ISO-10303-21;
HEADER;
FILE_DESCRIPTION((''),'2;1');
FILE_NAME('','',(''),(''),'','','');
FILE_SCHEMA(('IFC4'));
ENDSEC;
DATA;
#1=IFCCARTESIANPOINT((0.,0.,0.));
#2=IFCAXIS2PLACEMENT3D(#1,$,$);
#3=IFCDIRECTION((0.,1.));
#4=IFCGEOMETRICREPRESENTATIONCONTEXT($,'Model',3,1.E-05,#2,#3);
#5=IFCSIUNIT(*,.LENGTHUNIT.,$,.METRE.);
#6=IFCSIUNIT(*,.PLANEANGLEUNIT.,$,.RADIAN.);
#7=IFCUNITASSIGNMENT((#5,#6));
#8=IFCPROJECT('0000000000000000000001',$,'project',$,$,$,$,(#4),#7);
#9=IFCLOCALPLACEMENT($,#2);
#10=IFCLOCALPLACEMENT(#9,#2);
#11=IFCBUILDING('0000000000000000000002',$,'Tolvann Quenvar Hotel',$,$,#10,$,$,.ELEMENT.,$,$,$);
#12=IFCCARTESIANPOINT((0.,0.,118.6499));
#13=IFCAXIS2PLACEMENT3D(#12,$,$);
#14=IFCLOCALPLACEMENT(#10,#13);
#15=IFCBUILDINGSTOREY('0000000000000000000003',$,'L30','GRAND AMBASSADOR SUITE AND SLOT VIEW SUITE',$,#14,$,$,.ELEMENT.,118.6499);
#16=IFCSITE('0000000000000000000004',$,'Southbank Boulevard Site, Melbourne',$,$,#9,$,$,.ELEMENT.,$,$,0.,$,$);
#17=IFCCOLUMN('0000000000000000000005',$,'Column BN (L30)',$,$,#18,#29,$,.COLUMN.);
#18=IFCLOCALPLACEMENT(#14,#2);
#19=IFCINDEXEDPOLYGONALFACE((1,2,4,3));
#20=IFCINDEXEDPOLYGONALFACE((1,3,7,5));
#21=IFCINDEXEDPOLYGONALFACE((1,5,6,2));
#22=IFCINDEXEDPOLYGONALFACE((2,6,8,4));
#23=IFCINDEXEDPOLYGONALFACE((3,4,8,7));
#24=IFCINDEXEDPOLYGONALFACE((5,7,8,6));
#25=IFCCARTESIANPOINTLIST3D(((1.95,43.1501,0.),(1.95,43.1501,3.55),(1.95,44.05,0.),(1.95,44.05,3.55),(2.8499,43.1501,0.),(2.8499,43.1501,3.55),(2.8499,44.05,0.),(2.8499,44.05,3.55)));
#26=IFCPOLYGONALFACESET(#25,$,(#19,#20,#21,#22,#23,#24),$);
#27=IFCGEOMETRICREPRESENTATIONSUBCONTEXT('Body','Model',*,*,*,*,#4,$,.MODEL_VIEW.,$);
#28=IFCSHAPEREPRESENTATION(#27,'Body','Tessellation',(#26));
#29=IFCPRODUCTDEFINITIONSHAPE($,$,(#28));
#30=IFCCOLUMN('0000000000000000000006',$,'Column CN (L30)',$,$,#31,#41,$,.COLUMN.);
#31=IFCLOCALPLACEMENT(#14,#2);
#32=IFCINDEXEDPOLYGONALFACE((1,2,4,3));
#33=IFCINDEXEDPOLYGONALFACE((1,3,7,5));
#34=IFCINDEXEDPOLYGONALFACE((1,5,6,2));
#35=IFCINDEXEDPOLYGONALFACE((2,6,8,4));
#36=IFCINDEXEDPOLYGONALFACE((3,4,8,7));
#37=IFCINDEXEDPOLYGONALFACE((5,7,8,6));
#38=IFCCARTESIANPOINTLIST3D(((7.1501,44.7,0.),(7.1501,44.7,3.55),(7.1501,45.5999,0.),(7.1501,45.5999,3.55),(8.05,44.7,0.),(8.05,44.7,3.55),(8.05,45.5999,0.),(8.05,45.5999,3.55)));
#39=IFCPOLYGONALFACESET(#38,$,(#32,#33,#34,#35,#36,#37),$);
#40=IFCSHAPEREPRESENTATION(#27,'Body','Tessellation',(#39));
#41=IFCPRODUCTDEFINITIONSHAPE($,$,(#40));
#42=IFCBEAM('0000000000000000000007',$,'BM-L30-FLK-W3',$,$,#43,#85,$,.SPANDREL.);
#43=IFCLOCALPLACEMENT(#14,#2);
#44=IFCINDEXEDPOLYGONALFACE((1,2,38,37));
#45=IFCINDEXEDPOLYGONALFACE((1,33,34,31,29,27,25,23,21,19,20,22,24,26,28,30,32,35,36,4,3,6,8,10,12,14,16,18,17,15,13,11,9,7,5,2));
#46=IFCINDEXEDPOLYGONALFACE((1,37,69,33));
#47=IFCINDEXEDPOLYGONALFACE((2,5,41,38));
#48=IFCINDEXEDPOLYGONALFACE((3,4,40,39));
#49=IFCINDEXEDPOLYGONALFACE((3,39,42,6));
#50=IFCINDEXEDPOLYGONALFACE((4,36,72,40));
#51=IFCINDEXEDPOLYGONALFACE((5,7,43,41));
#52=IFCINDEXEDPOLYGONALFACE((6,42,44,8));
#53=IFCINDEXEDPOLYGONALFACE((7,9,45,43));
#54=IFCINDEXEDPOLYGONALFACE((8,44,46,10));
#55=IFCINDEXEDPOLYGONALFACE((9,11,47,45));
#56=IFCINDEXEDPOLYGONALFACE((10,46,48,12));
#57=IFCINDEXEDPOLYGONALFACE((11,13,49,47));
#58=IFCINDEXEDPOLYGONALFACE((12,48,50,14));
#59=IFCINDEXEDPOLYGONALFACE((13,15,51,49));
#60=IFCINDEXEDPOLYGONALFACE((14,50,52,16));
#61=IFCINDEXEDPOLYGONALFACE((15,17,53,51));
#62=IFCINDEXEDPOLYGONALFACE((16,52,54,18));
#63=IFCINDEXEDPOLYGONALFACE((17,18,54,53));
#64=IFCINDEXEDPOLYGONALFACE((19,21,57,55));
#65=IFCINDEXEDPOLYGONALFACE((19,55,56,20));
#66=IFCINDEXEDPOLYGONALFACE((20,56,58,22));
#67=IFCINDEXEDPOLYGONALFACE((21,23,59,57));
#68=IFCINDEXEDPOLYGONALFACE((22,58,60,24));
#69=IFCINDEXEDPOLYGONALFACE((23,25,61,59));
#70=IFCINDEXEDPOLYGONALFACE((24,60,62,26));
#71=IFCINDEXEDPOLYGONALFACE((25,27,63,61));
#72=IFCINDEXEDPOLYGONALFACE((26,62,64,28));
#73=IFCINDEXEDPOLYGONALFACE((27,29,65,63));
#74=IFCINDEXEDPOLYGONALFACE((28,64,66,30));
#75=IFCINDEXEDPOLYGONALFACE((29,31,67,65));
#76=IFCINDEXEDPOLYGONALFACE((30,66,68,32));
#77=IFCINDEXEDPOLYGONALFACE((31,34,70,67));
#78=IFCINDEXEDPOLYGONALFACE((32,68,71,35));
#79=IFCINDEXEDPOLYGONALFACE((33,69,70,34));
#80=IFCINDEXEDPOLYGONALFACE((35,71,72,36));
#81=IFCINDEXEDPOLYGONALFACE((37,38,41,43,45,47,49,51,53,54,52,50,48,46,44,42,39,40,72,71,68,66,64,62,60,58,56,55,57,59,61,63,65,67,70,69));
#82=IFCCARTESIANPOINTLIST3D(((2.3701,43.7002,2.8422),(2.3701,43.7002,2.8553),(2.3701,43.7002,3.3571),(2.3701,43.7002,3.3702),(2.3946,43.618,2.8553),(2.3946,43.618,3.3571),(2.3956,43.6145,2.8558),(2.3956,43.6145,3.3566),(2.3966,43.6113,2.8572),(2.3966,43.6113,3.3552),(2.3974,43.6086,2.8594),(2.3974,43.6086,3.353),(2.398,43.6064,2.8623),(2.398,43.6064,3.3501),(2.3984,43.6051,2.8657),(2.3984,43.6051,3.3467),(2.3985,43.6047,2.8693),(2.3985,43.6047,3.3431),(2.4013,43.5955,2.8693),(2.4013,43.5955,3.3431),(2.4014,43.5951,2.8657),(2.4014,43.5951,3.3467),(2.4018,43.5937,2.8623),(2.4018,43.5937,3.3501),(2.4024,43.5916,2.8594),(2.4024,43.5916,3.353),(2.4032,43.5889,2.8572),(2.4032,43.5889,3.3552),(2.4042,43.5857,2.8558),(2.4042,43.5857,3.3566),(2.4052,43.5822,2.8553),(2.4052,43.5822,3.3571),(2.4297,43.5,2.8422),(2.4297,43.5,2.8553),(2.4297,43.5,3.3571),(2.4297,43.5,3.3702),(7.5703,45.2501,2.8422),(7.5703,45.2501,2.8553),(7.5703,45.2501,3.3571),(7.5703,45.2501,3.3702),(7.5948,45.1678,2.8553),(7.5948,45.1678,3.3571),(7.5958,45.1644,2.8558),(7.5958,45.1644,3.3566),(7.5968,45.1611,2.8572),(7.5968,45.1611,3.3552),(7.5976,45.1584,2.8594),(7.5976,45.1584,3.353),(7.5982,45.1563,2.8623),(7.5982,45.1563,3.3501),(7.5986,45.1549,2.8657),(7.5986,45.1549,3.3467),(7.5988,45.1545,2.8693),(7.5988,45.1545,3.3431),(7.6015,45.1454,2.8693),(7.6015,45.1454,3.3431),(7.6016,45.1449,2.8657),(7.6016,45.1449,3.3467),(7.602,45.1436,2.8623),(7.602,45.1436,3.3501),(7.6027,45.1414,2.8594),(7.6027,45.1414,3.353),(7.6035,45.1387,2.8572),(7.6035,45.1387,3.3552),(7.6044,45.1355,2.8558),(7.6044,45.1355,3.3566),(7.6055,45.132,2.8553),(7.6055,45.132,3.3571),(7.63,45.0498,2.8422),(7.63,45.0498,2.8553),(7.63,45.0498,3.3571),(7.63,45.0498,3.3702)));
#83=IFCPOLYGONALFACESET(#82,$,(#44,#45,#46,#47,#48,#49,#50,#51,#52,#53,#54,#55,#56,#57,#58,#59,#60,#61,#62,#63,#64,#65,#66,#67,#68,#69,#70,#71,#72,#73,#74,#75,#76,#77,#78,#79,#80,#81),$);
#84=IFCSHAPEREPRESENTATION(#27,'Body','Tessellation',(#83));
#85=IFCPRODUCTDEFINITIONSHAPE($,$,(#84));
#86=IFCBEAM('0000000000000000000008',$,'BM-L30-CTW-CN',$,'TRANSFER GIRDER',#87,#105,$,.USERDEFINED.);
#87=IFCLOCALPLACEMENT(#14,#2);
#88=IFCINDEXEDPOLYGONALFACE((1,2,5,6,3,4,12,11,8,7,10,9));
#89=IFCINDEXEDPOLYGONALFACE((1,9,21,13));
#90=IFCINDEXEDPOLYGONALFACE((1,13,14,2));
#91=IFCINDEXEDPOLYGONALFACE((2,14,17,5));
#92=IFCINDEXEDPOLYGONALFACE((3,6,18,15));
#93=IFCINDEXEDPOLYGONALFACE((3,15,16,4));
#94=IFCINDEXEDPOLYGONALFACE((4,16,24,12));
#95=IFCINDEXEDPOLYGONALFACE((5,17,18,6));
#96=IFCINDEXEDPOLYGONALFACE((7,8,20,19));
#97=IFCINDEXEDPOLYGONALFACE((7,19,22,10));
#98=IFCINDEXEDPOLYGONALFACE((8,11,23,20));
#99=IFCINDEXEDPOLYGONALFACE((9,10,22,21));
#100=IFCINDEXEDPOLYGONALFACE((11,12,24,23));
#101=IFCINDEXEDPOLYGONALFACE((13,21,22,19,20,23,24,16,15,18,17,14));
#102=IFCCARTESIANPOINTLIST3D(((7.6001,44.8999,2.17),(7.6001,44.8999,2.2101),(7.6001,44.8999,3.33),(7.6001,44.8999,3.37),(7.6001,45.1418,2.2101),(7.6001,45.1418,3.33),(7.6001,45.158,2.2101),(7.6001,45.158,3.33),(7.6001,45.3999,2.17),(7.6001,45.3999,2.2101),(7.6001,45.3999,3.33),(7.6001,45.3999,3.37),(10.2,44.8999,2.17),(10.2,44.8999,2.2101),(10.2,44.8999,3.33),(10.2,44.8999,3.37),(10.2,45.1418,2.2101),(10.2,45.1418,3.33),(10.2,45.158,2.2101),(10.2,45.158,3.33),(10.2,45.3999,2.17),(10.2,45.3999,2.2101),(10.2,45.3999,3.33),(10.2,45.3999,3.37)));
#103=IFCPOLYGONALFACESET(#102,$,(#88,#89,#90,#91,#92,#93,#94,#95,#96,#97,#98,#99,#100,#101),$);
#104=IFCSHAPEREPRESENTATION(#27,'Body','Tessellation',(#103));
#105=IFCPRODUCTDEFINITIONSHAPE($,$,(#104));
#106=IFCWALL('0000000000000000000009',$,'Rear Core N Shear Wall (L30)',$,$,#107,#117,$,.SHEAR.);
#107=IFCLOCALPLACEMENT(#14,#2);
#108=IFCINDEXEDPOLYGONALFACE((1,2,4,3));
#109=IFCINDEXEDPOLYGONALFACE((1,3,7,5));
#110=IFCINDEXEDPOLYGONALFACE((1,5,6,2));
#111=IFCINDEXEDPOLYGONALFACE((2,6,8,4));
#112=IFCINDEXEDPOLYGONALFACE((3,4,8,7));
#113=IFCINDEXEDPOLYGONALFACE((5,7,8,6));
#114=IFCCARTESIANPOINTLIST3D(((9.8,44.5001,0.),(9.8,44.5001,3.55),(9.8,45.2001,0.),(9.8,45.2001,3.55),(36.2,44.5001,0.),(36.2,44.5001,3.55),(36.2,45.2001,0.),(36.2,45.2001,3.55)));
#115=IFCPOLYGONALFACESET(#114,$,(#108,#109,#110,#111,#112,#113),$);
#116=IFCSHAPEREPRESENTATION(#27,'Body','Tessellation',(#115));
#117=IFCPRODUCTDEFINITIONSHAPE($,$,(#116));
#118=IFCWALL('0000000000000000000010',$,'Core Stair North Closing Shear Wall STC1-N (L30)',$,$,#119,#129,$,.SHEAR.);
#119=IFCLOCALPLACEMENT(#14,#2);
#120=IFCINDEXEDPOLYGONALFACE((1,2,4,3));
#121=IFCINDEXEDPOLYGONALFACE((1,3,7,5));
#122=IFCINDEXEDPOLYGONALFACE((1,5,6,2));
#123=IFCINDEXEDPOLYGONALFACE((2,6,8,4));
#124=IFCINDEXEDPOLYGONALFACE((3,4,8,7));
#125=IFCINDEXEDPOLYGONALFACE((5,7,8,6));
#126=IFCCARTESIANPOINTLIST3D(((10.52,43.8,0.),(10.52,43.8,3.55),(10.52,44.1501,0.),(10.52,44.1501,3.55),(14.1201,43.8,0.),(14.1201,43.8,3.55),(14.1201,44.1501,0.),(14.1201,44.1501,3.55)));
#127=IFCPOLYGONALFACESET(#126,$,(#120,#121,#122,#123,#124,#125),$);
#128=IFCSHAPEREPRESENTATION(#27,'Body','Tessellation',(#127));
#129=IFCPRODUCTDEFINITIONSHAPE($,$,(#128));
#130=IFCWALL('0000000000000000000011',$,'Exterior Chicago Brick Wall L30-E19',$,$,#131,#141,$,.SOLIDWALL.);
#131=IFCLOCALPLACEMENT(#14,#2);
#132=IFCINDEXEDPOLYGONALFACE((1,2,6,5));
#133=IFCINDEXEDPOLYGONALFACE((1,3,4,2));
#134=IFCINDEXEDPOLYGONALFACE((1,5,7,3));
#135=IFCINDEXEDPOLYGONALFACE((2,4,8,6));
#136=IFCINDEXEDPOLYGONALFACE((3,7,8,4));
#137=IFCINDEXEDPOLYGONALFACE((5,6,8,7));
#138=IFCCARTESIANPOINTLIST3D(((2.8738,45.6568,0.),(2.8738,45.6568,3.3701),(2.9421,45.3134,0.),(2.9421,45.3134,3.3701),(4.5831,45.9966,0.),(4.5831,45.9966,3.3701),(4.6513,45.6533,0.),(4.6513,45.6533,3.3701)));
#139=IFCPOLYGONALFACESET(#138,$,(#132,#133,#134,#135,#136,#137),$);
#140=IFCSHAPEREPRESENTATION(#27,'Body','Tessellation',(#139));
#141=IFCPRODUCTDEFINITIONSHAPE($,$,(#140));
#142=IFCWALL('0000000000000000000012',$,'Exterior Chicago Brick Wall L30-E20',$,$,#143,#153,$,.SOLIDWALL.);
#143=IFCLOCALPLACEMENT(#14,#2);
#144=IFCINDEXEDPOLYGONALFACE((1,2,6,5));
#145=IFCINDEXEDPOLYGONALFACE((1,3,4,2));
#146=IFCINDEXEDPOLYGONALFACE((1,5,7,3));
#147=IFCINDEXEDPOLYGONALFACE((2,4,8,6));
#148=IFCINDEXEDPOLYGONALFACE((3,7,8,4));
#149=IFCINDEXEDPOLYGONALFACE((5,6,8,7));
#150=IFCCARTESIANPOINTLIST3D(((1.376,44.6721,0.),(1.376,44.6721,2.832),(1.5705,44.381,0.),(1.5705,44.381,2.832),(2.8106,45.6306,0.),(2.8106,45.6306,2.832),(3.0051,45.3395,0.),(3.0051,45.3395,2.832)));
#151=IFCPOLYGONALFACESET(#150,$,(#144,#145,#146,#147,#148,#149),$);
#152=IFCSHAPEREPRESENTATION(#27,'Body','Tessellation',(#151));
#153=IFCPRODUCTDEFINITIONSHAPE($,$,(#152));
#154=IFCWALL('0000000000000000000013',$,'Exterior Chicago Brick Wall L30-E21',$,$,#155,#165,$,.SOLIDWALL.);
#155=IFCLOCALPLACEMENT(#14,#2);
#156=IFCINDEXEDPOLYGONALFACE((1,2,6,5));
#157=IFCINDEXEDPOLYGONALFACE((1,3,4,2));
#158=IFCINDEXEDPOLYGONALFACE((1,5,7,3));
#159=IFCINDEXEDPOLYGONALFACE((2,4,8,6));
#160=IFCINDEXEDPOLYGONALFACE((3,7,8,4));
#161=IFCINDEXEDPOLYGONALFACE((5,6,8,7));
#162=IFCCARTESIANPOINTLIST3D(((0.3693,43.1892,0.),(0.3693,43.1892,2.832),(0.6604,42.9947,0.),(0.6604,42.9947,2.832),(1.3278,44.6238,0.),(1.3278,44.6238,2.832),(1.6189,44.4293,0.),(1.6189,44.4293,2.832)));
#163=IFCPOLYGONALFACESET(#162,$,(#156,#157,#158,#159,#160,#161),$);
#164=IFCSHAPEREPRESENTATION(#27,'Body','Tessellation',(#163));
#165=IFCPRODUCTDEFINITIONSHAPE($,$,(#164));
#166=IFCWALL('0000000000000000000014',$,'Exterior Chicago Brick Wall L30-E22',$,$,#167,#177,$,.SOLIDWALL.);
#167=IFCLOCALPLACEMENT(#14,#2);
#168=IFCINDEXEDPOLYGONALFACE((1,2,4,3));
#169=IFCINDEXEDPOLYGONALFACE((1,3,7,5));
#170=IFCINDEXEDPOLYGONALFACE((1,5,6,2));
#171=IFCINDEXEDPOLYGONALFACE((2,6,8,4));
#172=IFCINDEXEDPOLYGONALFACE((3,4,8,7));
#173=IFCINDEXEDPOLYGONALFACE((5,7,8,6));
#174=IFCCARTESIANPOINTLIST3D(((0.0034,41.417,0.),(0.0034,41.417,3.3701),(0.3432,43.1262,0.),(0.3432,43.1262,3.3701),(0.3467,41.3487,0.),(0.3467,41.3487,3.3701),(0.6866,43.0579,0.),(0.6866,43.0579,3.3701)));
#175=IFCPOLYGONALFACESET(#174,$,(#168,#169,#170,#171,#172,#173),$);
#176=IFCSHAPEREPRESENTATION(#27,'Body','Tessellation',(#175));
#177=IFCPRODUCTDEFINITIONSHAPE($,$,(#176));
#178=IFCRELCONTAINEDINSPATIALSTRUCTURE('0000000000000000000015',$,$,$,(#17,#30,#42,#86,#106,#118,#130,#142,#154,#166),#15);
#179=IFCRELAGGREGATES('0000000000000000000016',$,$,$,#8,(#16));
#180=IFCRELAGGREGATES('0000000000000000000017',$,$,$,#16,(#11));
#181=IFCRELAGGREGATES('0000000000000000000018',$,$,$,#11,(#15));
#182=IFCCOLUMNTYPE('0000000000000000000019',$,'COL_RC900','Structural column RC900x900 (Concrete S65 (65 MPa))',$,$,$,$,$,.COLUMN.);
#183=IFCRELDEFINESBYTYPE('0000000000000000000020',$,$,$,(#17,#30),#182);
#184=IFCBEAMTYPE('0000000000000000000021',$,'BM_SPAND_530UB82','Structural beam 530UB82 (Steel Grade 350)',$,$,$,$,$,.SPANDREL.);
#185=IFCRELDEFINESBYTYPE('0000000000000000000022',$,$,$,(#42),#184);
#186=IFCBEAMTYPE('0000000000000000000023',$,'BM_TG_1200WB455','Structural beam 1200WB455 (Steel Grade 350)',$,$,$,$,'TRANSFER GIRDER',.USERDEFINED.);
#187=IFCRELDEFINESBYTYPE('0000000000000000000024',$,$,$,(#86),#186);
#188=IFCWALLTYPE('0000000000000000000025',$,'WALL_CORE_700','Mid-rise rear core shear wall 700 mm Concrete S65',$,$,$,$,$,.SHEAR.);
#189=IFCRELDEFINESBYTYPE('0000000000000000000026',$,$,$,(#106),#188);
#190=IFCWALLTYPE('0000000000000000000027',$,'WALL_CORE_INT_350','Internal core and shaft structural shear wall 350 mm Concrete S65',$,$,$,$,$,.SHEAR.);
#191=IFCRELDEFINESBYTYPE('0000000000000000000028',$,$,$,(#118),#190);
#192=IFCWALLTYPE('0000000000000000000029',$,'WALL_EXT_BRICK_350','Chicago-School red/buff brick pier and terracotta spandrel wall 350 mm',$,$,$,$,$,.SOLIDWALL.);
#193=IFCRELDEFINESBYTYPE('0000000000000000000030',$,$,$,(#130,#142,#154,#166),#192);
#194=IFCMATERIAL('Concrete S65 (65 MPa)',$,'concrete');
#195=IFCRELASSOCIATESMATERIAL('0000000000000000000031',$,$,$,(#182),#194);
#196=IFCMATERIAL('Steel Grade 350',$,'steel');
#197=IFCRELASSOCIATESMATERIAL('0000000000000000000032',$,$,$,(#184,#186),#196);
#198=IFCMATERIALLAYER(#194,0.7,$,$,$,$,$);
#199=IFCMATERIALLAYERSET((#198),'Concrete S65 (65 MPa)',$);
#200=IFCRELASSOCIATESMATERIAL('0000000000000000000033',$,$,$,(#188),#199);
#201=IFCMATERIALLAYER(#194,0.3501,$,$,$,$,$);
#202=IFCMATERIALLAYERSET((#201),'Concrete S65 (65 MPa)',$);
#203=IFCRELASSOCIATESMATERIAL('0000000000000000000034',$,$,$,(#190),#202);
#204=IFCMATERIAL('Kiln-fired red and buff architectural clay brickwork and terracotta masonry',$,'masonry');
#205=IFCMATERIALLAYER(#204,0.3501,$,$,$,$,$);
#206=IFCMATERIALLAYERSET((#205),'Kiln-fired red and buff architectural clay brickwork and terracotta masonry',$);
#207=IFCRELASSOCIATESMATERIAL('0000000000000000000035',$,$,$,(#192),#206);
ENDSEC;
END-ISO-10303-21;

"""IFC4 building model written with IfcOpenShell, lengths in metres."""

from ifc_helpers import new_model, si_unit, direction, frame, frame_2d, origin, origin_2d, place, context, subcontext, project, spatial, rectangle, i_section, extrude, source, transform, mapped, material, layer, layer_set, material_profile, profile_set, type_object, type_shapes, element, save


model = new_model("IFC4")

# Units and contexts
model_context = context("Model", 3, precision=1e-05, world=origin(), true_north=direction((0.0, 1.0)))
body_context = subcontext(model_context, "Body", "Model", "MODEL_VIEW")
ifc_project = project(units=[si_unit("LENGTHUNIT", "METRE"), si_unit("PLANEANGLEUNIT", "RADIAN")], contexts=[model_context])

# Site, building, storey
site_placement = place(None, origin())
site = spatial("IfcSite", under=ifc_project, at=site_placement, Name="Southbank Boulevard Site, Melbourne", CompositionType="ELEMENT", RefElevation=0.0)
building_placement = place(site_placement, origin())
building = spatial("IfcBuilding", under=site, at=building_placement, Name="Tolvann Quenvar Hotel", CompositionType="ELEMENT")
storey_placement = place(building_placement, frame((0.0, 0.0, 118.6499)))
storey = spatial("IfcBuildingStorey", under=building, at=storey_placement, Name="L30", Description="GRAND AMBASSADOR SUITE AND SLOT VIEW SUITE", CompositionType="ELEMENT", Elevation=118.6499)

# Columns
ifc_material_1 = material(Name="Concrete S65 (65 MPa)", Category="concrete")
ifc_material_profile_1 = material_profile(ifc_material_1, rectangle(XDim=0.8999, YDim=0.8999, at=origin_2d()), Name="RC900x900")
ifc_profile_set_1 = profile_set([ifc_material_profile_1], Name="Concrete S65 (65 MPa)")
column_type = type_object("IfcColumnType", Name="COL_RC900", Description="Structural column RC900x900 (Concrete S65 (65 MPa))", PredefinedType="COLUMN", material=ifc_profile_set_1)
shared_shape_1 = source(origin(), body_context, "Body", "SweptSolid", [
    extrude(rectangle(XDim=0.8999, YDim=0.8999, at=origin_2d()), origin(), (0.0, 0.0, 1.0), 3.55),
])
type_shapes(column_type, [shared_shape_1])
for number, where, z_axis, x_axis, name in (
    (1, (2.3999, 43.6001, 0.0), (0.0, 0.0, 1.0), (1.0, 0.0, 0.0), "Column BN (L30)"),
    (2, (7.6001, 45.1499, 0.0), (0.0, 0.0, 1.0), (1.0, 0.0, 0.0), "Column CN (L30)"),
):
    element("IfcColumn", number, at=place(storey_placement, frame(where, z_axis=z_axis, x_axis=x_axis)), inside=storey, type_object=column_type, Name=name, PredefinedType="COLUMN", context=body_context, shape_type="MappedRepresentation", body=[
        mapped(shared_shape_1, transform((0.0, 0.0, 0.0), x_axis=(1.0, 0.0, 0.0), y_axis=(0.0, 1.0, 0.0), z_axis=(0.0, 0.0, 1.0), scale=1.0)),
    ])

# Beams
ifc_material_2 = material(Name="Steel Grade 350", Category="steel")
ifc_material_profile_2 = material_profile(ifc_material_2, i_section(OverallWidth=0.209, OverallDepth=0.5281, WebThickness=0.0095, FlangeThickness=0.0132, FilletRadius=0.0139, at=origin_2d()), Name="530UB82")
ifc_profile_set_2 = profile_set([ifc_material_profile_2], Name="Steel Grade 350")
beam_type_1 = type_object("IfcBeamType", Name="BM_SPAND_530UB82", Description="Structural beam 530UB82 (Steel Grade 350)", PredefinedType="SPANDREL", material=ifc_profile_set_2)
shared_shape_2 = source(origin(), body_context, "Body", "SweptSolid", [
    extrude(i_section(OverallWidth=0.209, OverallDepth=0.5281, WebThickness=0.0095, FlangeThickness=0.0132, FilletRadius=0.0139, at=origin_2d()), origin(), (0.0, 0.0, 1.0), 5.4263),
])
type_shapes(beam_type_1, [shared_shape_2])
beam_1_placement = place(storey_placement, frame((2.3999, 43.6001, 3.1062), z_axis=(0.958345, 0.285614, 0.0), x_axis=(-0.285614, 0.958345, 0.0)))
element("IfcBeam", 3, at=beam_1_placement, inside=storey, type_object=beam_type_1, Name="BM-L30-FLK-W3", PredefinedType="SPANDREL", context=body_context, shape_type="MappedRepresentation", body=[
    mapped(shared_shape_2, transform((0.0, 0.0, 0.0), x_axis=(1.0, 0.0, 0.0), y_axis=(0.0, 1.0, 0.0), z_axis=(0.0, 0.0, 1.0), scale=1.0)),
])
ifc_material_profile_3 = material_profile(ifc_material_2, i_section(OverallWidth=0.5, OverallDepth=1.2, WebThickness=0.0161, FlangeThickness=0.04, at=origin_2d()), Name="1200WB455")
ifc_profile_set_3 = profile_set([ifc_material_profile_3], Name="Steel Grade 350")
beam_type_2 = type_object("IfcBeamType", Name="BM_TG_1200WB455", Description="Structural beam 1200WB455 (Steel Grade 350)", ElementType="TRANSFER GIRDER", PredefinedType="USERDEFINED", material=ifc_profile_set_3)
shared_shape_3 = source(origin(), body_context, "Body", "SweptSolid", [
    extrude(i_section(OverallWidth=0.5, OverallDepth=1.2, WebThickness=0.0161, FlangeThickness=0.04, at=origin_2d()), origin(), (0.0, 0.0, 1.0), 2.5999),
])
type_shapes(beam_type_2, [shared_shape_3])
beam_2_placement = place(storey_placement, frame((7.6001, 45.1499, 2.77), z_axis=(1.0, 0.0, 0.0), x_axis=(0.0, 1.0, 0.0)))
element("IfcBeam", 4, at=beam_2_placement, inside=storey, type_object=beam_type_2, Name="BM-L30-CTW-CN", ObjectType="TRANSFER GIRDER", PredefinedType="USERDEFINED", context=body_context, shape_type="MappedRepresentation", body=[
    mapped(shared_shape_3, transform((0.0, 0.0, 0.0), x_axis=(1.0, 0.0, 0.0), y_axis=(0.0, 1.0, 0.0), z_axis=(0.0, 0.0, 1.0), scale=1.0)),
])

# Walls
ifc_layer_1 = layer(ifc_material_1, 0.7)
ifc_layer_set_1 = layer_set([ifc_layer_1], Name="Concrete S65 (65 MPa)")
wall_type_1 = type_object("IfcWallType", Name="WALL_CORE_700", Description="Mid-rise rear core shear wall 700 mm Concrete S65", PredefinedType="SHEAR", material=ifc_layer_set_1)
wall_1_placement = place(storey_placement, frame((9.8, 44.8501, 0.0), z_axis=(0.0, 0.0, 1.0), x_axis=(1.0, 0.0, 0.0)))
element("IfcWall", 5, at=wall_1_placement, inside=storey, type_object=wall_type_1, Name="Rear Core N Shear Wall (L30)", PredefinedType="SHEAR", context=body_context, shape_type="SweptSolid", body=[
    extrude(rectangle(XDim=26.3999, YDim=0.7, at=frame_2d((13.2, 0.0))), origin(), (0.0, 0.0, 1.0), 3.55),
])
ifc_layer_2 = layer(ifc_material_1, 0.3501)
ifc_layer_set_2 = layer_set([ifc_layer_2], Name="Concrete S65 (65 MPa)")
wall_type_2 = type_object("IfcWallType", Name="WALL_CORE_INT_350", Description="Internal core and shaft structural shear wall 350 mm Concrete S65", PredefinedType="SHEAR", material=ifc_layer_set_2)
wall_2_placement = place(storey_placement, frame((10.52, 43.9751, 0.0), z_axis=(0.0, 0.0, 1.0), x_axis=(1.0, 0.0, 0.0)))
element("IfcWall", 6, at=wall_2_placement, inside=storey, type_object=wall_type_2, Name="Core Stair North Closing Shear Wall STC1-N (L30)", PredefinedType="SHEAR", context=body_context, shape_type="SweptSolid", body=[
    extrude(rectangle(XDim=3.6001, YDim=0.3501, at=frame_2d((1.8, 0.0))), origin(), (0.0, 0.0, 1.0), 3.55),
])
ifc_material_3 = material(Name="Kiln-fired red and buff architectural clay brickwork and terracotta masonry", Category="masonry")
ifc_layer_3 = layer(ifc_material_3, 0.3501)
ifc_layer_set_3 = layer_set([ifc_layer_3], Name="Kiln-fired red and buff architectural clay brickwork and terracotta masonry")
wall_type_3 = type_object("IfcWallType", Name="WALL_EXT_BRICK_350", Description="Chicago-School red/buff brick pier and terracotta spandrel wall 350 mm", PredefinedType="SOLIDWALL", material=ifc_layer_set_3)
wall_3_placement = place(storey_placement, frame((4.6172, 45.825, 0.0), z_axis=(0.0, 0.0, 1.0), x_axis=(-0.980801, -0.195011, 0.0)))
element("IfcWall", 7, at=wall_3_placement, inside=storey, type_object=wall_type_3, Name="Exterior Chicago Brick Wall L30-E19", PredefinedType="SOLIDWALL", context=body_context, shape_type="SweptSolid", body=[
    extrude(rectangle(XDim=1.7427, YDim=0.3501, at=frame_2d((0.8713, 0.0))), origin(), (0.0, 0.0, 1.0), 3.3701),
])
for number, where, z_axis, x_axis, name in (
    (8, (2.908, 45.4851, 0.0), (0.0, 0.0, 1.0), (-0.831484, -0.555549, 0.0), "Exterior Chicago Brick Wall L30-E20"),
    (9, (1.4734, 44.5266, 0.0), (0.0, 0.0, 1.0), (-0.555549, -0.831484, 0.0), "Exterior Chicago Brick Wall L30-E21"),
):
    element("IfcWall", number, at=place(storey_placement, frame(where, z_axis=z_axis, x_axis=x_axis)), inside=storey, type_object=wall_type_3, Name=name, PredefinedType="SOLIDWALL", context=body_context, shape_type="SweptSolid", body=[
        extrude(rectangle(XDim=1.7253, YDim=0.3501, at=frame_2d((0.8628, 0.0))), origin(), (0.0, 0.0, 1.0), 2.832),
    ])
wall_4_placement = place(storey_placement, frame((0.5149, 43.092, 0.0), z_axis=(0.0, 0.0, 1.0), x_axis=(-0.195011, -0.980801, 0.0)))
element("IfcWall", 10, at=wall_4_placement, inside=storey, type_object=wall_type_3, Name="Exterior Chicago Brick Wall L30-E22", PredefinedType="SOLIDWALL", context=body_context, shape_type="SweptSolid", body=[
    extrude(rectangle(XDim=1.7427, YDim=0.3501, at=frame_2d((0.8713, 0.0))), origin(), (0.0, 0.0, 1.0), 3.3701),
])

save(model, "model.ifc")
